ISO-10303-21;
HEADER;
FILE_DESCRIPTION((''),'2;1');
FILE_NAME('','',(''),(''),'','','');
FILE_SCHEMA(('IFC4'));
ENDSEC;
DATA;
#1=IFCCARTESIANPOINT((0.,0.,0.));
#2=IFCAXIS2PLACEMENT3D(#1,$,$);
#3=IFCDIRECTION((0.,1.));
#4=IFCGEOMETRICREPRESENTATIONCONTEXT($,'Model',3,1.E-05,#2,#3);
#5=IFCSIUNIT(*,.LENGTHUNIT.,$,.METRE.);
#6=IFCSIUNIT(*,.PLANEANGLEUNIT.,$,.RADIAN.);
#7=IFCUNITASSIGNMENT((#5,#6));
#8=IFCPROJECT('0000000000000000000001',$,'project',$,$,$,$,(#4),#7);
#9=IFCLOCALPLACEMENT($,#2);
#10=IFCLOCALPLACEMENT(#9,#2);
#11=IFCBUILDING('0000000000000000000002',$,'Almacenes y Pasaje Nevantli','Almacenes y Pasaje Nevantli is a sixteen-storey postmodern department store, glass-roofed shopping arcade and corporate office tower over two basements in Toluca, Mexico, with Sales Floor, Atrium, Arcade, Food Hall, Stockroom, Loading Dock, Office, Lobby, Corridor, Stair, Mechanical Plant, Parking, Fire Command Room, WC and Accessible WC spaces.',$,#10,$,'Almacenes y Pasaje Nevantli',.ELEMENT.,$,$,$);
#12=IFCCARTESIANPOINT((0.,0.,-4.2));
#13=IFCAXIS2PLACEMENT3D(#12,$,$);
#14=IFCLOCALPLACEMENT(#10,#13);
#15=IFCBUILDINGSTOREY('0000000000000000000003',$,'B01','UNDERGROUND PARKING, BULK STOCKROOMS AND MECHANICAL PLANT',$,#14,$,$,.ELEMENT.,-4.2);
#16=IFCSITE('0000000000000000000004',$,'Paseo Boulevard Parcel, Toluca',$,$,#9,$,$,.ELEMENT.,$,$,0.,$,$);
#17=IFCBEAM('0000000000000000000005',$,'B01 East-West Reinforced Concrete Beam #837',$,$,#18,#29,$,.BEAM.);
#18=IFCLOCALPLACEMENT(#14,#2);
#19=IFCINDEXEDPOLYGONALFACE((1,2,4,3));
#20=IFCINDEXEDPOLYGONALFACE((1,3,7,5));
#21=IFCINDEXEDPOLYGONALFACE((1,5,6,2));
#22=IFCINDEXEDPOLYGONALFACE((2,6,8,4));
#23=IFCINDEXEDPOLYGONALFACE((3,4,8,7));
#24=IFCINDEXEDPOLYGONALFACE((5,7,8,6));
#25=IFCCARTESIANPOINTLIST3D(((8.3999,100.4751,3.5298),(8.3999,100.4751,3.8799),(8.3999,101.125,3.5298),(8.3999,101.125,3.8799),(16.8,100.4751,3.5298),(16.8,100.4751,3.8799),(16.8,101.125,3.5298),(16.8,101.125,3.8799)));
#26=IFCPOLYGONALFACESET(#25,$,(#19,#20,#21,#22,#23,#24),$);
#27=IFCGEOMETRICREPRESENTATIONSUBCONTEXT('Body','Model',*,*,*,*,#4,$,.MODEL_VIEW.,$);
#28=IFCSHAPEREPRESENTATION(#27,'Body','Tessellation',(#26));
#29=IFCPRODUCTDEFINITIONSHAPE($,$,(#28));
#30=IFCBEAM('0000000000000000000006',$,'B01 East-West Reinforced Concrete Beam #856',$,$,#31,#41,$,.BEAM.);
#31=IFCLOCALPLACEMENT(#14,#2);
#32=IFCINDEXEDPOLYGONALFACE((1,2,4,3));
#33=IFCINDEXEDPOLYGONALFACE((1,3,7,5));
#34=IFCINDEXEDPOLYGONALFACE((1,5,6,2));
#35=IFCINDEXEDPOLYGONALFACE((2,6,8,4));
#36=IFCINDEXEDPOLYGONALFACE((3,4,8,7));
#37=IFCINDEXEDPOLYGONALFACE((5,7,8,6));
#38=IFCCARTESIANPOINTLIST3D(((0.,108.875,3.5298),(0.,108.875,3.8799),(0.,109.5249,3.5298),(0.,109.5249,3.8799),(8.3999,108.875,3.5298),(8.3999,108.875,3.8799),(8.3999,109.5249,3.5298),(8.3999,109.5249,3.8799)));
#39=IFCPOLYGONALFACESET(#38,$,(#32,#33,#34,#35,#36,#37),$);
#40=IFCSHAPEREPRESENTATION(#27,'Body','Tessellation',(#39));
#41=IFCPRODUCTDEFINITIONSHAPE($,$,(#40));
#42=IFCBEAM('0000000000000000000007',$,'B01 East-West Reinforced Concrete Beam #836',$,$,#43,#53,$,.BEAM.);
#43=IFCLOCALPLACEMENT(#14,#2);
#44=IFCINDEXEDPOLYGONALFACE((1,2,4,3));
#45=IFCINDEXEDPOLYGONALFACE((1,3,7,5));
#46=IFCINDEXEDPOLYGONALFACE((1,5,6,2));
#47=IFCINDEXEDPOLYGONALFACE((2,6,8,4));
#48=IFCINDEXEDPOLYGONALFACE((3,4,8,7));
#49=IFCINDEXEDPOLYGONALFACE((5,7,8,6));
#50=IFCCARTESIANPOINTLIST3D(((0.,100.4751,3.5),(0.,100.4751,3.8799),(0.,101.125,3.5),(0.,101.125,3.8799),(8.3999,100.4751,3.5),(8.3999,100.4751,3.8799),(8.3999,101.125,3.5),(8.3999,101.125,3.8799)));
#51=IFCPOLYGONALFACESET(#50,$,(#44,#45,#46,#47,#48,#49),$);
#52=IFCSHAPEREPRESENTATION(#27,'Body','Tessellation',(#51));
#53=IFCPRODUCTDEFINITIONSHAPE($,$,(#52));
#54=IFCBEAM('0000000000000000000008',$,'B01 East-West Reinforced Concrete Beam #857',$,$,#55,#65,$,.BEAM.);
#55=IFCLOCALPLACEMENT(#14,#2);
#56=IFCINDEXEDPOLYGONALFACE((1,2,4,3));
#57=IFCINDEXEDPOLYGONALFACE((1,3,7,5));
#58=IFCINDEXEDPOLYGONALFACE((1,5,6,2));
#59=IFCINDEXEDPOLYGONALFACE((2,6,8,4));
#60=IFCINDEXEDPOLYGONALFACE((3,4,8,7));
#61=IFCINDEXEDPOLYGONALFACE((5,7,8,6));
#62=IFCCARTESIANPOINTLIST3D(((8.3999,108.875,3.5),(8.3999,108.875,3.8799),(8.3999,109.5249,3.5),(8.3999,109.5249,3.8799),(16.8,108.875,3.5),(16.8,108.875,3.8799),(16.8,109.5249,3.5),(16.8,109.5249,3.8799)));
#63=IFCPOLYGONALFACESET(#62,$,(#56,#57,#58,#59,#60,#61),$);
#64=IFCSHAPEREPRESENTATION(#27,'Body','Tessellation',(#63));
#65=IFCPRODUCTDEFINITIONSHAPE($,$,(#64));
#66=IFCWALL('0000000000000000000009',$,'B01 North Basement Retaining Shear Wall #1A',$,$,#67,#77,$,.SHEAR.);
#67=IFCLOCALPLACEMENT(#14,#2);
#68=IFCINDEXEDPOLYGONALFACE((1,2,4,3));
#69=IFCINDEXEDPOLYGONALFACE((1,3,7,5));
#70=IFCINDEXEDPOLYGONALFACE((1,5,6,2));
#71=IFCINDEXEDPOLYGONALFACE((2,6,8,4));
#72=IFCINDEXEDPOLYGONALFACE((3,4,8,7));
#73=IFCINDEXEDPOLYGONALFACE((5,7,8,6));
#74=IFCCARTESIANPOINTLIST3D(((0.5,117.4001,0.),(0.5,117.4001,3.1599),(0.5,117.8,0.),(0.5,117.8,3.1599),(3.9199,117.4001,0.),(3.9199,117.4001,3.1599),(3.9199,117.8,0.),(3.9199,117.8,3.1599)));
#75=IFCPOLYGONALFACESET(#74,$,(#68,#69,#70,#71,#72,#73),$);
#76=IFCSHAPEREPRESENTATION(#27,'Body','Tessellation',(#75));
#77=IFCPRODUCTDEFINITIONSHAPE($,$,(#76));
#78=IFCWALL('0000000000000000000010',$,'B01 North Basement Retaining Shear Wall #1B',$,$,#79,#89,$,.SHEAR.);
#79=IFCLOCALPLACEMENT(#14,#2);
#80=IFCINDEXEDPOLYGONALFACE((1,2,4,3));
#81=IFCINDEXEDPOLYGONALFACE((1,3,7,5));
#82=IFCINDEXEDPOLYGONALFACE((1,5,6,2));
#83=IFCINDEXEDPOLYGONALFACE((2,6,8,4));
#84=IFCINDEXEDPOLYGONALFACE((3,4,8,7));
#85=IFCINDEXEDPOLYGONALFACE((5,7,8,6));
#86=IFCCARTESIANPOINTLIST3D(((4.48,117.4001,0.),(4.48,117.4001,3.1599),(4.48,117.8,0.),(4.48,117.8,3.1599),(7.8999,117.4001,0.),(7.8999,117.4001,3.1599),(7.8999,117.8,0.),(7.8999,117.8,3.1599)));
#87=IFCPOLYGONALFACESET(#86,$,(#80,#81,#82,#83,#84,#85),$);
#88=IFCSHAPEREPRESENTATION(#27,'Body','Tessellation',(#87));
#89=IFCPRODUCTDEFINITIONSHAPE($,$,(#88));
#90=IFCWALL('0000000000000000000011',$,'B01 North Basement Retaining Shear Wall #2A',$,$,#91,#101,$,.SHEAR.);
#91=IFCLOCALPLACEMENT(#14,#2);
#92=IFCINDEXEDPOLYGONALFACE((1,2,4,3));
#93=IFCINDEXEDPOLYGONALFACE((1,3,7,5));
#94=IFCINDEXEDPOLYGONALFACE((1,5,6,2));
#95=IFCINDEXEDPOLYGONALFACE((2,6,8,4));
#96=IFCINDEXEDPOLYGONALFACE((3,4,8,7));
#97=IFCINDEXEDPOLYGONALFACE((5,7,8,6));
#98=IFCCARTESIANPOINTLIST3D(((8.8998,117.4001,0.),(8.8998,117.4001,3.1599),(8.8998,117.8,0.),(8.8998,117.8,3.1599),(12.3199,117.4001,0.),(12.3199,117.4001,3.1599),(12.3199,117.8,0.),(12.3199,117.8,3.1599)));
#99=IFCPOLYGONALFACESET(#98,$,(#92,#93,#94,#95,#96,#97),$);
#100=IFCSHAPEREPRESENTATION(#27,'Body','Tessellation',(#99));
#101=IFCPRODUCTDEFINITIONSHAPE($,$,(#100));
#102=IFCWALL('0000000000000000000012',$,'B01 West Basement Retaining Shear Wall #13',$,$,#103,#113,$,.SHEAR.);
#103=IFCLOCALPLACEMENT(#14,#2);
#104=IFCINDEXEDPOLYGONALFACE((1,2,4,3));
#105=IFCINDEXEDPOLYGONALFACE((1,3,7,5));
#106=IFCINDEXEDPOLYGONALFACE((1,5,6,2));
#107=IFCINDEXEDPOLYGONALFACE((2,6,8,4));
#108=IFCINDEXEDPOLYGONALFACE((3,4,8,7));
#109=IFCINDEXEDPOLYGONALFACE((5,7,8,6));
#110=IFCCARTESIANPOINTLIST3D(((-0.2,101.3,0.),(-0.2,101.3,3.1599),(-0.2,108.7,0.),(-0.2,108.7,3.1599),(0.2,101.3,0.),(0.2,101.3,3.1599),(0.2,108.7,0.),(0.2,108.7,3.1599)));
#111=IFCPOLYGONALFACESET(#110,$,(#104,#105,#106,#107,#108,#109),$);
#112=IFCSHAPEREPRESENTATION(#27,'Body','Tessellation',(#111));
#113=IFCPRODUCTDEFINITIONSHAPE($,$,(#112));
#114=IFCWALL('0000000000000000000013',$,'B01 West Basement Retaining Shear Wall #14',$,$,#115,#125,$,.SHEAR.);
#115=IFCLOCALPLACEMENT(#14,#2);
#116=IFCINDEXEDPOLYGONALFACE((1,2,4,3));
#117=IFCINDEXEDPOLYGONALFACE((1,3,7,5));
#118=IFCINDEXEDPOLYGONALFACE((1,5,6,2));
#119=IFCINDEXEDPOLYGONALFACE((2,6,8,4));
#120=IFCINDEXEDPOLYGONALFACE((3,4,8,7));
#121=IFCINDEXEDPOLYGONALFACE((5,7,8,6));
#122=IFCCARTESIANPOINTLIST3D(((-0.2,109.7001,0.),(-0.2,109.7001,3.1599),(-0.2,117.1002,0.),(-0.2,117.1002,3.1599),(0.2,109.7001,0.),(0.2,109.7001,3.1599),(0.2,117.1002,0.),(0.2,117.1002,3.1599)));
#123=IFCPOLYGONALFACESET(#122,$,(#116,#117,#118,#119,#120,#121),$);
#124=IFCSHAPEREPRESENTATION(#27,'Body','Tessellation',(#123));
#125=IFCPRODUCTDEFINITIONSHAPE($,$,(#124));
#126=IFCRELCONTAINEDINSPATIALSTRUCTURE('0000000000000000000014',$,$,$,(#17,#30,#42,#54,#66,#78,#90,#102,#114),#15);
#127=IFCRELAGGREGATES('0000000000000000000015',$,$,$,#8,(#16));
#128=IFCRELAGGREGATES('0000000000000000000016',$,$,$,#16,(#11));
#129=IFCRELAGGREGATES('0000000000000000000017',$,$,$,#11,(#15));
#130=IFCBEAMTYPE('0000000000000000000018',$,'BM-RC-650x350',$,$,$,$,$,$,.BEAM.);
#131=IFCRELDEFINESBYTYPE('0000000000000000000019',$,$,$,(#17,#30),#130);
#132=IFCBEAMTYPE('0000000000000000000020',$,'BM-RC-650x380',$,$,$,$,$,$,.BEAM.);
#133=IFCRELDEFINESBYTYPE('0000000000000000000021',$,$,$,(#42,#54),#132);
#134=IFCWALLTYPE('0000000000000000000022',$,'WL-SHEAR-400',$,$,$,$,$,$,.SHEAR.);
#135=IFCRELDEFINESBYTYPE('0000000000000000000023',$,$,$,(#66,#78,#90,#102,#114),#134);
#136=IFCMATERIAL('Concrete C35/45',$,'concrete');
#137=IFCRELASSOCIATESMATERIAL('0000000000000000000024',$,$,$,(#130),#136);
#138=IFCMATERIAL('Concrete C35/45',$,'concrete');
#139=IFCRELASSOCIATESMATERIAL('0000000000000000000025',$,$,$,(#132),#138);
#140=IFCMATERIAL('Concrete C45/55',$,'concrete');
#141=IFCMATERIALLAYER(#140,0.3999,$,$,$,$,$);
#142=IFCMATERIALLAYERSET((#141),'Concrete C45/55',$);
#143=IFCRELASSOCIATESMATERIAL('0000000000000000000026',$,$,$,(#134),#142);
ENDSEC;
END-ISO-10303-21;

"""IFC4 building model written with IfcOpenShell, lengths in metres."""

from ifc_helpers import new_model, si_unit, direction, frame, frame_2d, origin, origin_2d, place, context, subcontext, project, spatial, rectangle, extrude, material, layer, layer_set, material_profile, profile_set, type_object, element, save


model = new_model("IFC4")

# Units and contexts
model_context = context("Model", 3, precision=1e-05, world=origin(), true_north=direction((0.0, 1.0)))
body_context = subcontext(model_context, "Body", "Model", "MODEL_VIEW")
ifc_project = project(units=[si_unit("LENGTHUNIT", "METRE"), si_unit("PLANEANGLEUNIT", "RADIAN")], contexts=[model_context])

# Site, building, storey
site_placement = place(None, origin())
site = spatial("IfcSite", under=ifc_project, at=site_placement, Name="Paseo Boulevard Parcel, Toluca", CompositionType="ELEMENT", RefElevation=0.0)
building_placement = place(site_placement, origin())
building = spatial("IfcBuilding", under=site, at=building_placement, Name="Almacenes y Pasaje Nevantli", Description="Almacenes y Pasaje Nevantli is a sixteen-storey postmodern department store, glass-roofed shopping arcade and corporate office tower over two basements in Toluca, Mexico, with Sales Floor, Atrium, Arcade, Food Hall, Stockroom, Loading Dock, Office, Lobby, Corridor, Stair, Mechanical Plant, Parking, Fire Command Room, WC and Accessible WC spaces.", LongName="Almacenes y Pasaje Nevantli", CompositionType="ELEMENT")
storey_placement = place(building_placement, frame((0.0, 0.0, -4.2)))
storey = spatial("IfcBuildingStorey", under=building, at=storey_placement, Name="B01", Description="UNDERGROUND PARKING, BULK STOCKROOMS AND MECHANICAL PLANT", CompositionType="ELEMENT", Elevation=-4.2)

# Beams
ifc_material_1 = material(Name="Concrete C35/45", Category="concrete")
ifc_material_profile_1 = material_profile(ifc_material_1, rectangle(XDim=0.6499, YDim=0.3501, at=origin_2d()), Name="RC-BM-650x350")
ifc_profile_set_1 = profile_set([ifc_material_profile_1], Name="Concrete C35/45")
beam_type_1 = type_object("IfcBeamType", Name="BM-RC-650x350", PredefinedType="BEAM", material=ifc_profile_set_1)
beam_1_placement = place(storey_placement, frame((8.3999, 100.8, 3.7048), z_axis=(1.0, 0.0, 0.0), x_axis=(0.0, 1.0, 0.0)))
element("IfcBeam", 1, at=beam_1_placement, inside=storey, type_object=beam_type_1, Name="B01 East-West Reinforced Concrete Beam #837", PredefinedType="BEAM", context=body_context, shape_type="SweptSolid", body=[
    extrude(rectangle(XDim=0.6499, YDim=0.3501, at=origin_2d()), origin(), (0.0, 0.0, 1.0), 8.4001),
])
beam_2_placement = place(storey_placement, frame((0.0, 109.2, 3.7048), z_axis=(1.0, 0.0, 0.0), x_axis=(0.0, 1.0, 0.0)))
element("IfcBeam", 2, at=beam_2_placement, inside=storey, type_object=beam_type_1, Name="B01 East-West Reinforced Concrete Beam #856", PredefinedType="BEAM", context=body_context, shape_type="SweptSolid", body=[
    extrude(rectangle(XDim=0.6499, YDim=0.3501, at=origin_2d()), origin(), (0.0, 0.0, 1.0), 8.3999),
])
ifc_material_2 = material(Name="Concrete C35/45", Category="concrete")
ifc_material_profile_2 = material_profile(ifc_material_2, rectangle(XDim=0.6499, YDim=0.3799, at=origin_2d()), Name="RC-BM-650x380")
ifc_profile_set_2 = profile_set([ifc_material_profile_2], Name="Concrete C35/45")
beam_type_2 = type_object("IfcBeamType", Name="BM-RC-650x380", PredefinedType="BEAM", material=ifc_profile_set_2)
beam_3_placement = place(storey_placement, frame((0.0, 100.8, 3.6899), z_axis=(1.0, 0.0, 0.0), x_axis=(0.0, 1.0, 0.0)))
element("IfcBeam", 3, at=beam_3_placement, inside=storey, type_object=beam_type_2, Name="B01 East-West Reinforced Concrete Beam #836", PredefinedType="BEAM", context=body_context, shape_type="SweptSolid", body=[
    extrude(rectangle(XDim=0.6499, YDim=0.3799, at=origin_2d()), origin(), (0.0, 0.0, 1.0), 8.3999),
])
beam_4_placement = place(storey_placement, frame((8.3999, 109.2, 3.6899), z_axis=(1.0, 0.0, 0.0), x_axis=(0.0, 1.0, 0.0)))
element("IfcBeam", 4, at=beam_4_placement, inside=storey, type_object=beam_type_2, Name="B01 East-West Reinforced Concrete Beam #857", PredefinedType="BEAM", context=body_context, shape_type="SweptSolid", body=[
    extrude(rectangle(XDim=0.6499, YDim=0.3799, at=origin_2d()), origin(), (0.0, 0.0, 1.0), 8.4001),
])

# Walls
ifc_material_3 = material(Name="Concrete C45/55", Category="concrete")
ifc_layer = layer(ifc_material_3, 0.3999)
ifc_layer_set = layer_set([ifc_layer], Name="Concrete C45/55")
wall_type = type_object("IfcWallType", Name="WL-SHEAR-400", PredefinedType="SHEAR", material=ifc_layer_set)
for number, where, z_axis, x_axis, name in (
    (5, (0.5, 117.6001, 0.0), (0.0, 0.0, 1.0), (1.0, 0.0, 0.0), "B01 North Basement Retaining Shear Wall #1A"),
    (6, (4.48, 117.6001, 0.0), (0.0, 0.0, 1.0), (1.0, 0.0, 0.0), "B01 North Basement Retaining Shear Wall #1B"),
):
    element("IfcWall", number, at=place(storey_placement, frame(where, z_axis=z_axis, x_axis=x_axis)), inside=storey, type_object=wall_type, Name=name, PredefinedType="SHEAR", context=body_context, shape_type="SweptSolid", body=[
        extrude(rectangle(XDim=3.4199, YDim=0.3999, at=frame_2d((1.71, 0.0))), origin(), (0.0, 0.0, 1.0), 3.1599),
    ])
wall_1_placement = place(storey_placement, frame((8.8999, 117.6001, 0.0), z_axis=(0.0, 0.0, 1.0), x_axis=(1.0, 0.0, 0.0)))
element("IfcWall", 7, at=wall_1_placement, inside=storey, type_object=wall_type, Name="B01 North Basement Retaining Shear Wall #2A", PredefinedType="SHEAR", context=body_context, shape_type="SweptSolid", body=[
    extrude(rectangle(XDim=3.4202, YDim=0.3999, at=frame_2d((1.71, 0.0))), origin(), (0.0, 0.0, 1.0), 3.1599),
])
wall_2_placement = place(storey_placement, frame((0.0, 101.3, 0.0), z_axis=(0.0, 0.0, 1.0), x_axis=(0.0, 1.0, 0.0)))
element("IfcWall", 8, at=wall_2_placement, inside=storey, type_object=wall_type, Name="B01 West Basement Retaining Shear Wall #13", PredefinedType="SHEAR", context=body_context, shape_type="SweptSolid", body=[
    extrude(rectangle(XDim=7.3999, YDim=0.3999, at=frame_2d((3.7, 0.0))), origin(), (0.0, 0.0, 1.0), 3.1599),
])
wall_3_placement = place(storey_placement, frame((0.0, 109.7, 0.0), z_axis=(0.0, 0.0, 1.0), x_axis=(0.0, 1.0, 0.0)))
element("IfcWall", 9, at=wall_3_placement, inside=storey, type_object=wall_type, Name="B01 West Basement Retaining Shear Wall #14", PredefinedType="SHEAR", context=body_context, shape_type="SweptSolid", body=[
    extrude(rectangle(XDim=7.4001, YDim=0.3999, at=frame_2d((3.7002, 0.0))), origin(), (0.0, 0.0, 1.0), 3.1599),
])

save(model, "model.ifc")
